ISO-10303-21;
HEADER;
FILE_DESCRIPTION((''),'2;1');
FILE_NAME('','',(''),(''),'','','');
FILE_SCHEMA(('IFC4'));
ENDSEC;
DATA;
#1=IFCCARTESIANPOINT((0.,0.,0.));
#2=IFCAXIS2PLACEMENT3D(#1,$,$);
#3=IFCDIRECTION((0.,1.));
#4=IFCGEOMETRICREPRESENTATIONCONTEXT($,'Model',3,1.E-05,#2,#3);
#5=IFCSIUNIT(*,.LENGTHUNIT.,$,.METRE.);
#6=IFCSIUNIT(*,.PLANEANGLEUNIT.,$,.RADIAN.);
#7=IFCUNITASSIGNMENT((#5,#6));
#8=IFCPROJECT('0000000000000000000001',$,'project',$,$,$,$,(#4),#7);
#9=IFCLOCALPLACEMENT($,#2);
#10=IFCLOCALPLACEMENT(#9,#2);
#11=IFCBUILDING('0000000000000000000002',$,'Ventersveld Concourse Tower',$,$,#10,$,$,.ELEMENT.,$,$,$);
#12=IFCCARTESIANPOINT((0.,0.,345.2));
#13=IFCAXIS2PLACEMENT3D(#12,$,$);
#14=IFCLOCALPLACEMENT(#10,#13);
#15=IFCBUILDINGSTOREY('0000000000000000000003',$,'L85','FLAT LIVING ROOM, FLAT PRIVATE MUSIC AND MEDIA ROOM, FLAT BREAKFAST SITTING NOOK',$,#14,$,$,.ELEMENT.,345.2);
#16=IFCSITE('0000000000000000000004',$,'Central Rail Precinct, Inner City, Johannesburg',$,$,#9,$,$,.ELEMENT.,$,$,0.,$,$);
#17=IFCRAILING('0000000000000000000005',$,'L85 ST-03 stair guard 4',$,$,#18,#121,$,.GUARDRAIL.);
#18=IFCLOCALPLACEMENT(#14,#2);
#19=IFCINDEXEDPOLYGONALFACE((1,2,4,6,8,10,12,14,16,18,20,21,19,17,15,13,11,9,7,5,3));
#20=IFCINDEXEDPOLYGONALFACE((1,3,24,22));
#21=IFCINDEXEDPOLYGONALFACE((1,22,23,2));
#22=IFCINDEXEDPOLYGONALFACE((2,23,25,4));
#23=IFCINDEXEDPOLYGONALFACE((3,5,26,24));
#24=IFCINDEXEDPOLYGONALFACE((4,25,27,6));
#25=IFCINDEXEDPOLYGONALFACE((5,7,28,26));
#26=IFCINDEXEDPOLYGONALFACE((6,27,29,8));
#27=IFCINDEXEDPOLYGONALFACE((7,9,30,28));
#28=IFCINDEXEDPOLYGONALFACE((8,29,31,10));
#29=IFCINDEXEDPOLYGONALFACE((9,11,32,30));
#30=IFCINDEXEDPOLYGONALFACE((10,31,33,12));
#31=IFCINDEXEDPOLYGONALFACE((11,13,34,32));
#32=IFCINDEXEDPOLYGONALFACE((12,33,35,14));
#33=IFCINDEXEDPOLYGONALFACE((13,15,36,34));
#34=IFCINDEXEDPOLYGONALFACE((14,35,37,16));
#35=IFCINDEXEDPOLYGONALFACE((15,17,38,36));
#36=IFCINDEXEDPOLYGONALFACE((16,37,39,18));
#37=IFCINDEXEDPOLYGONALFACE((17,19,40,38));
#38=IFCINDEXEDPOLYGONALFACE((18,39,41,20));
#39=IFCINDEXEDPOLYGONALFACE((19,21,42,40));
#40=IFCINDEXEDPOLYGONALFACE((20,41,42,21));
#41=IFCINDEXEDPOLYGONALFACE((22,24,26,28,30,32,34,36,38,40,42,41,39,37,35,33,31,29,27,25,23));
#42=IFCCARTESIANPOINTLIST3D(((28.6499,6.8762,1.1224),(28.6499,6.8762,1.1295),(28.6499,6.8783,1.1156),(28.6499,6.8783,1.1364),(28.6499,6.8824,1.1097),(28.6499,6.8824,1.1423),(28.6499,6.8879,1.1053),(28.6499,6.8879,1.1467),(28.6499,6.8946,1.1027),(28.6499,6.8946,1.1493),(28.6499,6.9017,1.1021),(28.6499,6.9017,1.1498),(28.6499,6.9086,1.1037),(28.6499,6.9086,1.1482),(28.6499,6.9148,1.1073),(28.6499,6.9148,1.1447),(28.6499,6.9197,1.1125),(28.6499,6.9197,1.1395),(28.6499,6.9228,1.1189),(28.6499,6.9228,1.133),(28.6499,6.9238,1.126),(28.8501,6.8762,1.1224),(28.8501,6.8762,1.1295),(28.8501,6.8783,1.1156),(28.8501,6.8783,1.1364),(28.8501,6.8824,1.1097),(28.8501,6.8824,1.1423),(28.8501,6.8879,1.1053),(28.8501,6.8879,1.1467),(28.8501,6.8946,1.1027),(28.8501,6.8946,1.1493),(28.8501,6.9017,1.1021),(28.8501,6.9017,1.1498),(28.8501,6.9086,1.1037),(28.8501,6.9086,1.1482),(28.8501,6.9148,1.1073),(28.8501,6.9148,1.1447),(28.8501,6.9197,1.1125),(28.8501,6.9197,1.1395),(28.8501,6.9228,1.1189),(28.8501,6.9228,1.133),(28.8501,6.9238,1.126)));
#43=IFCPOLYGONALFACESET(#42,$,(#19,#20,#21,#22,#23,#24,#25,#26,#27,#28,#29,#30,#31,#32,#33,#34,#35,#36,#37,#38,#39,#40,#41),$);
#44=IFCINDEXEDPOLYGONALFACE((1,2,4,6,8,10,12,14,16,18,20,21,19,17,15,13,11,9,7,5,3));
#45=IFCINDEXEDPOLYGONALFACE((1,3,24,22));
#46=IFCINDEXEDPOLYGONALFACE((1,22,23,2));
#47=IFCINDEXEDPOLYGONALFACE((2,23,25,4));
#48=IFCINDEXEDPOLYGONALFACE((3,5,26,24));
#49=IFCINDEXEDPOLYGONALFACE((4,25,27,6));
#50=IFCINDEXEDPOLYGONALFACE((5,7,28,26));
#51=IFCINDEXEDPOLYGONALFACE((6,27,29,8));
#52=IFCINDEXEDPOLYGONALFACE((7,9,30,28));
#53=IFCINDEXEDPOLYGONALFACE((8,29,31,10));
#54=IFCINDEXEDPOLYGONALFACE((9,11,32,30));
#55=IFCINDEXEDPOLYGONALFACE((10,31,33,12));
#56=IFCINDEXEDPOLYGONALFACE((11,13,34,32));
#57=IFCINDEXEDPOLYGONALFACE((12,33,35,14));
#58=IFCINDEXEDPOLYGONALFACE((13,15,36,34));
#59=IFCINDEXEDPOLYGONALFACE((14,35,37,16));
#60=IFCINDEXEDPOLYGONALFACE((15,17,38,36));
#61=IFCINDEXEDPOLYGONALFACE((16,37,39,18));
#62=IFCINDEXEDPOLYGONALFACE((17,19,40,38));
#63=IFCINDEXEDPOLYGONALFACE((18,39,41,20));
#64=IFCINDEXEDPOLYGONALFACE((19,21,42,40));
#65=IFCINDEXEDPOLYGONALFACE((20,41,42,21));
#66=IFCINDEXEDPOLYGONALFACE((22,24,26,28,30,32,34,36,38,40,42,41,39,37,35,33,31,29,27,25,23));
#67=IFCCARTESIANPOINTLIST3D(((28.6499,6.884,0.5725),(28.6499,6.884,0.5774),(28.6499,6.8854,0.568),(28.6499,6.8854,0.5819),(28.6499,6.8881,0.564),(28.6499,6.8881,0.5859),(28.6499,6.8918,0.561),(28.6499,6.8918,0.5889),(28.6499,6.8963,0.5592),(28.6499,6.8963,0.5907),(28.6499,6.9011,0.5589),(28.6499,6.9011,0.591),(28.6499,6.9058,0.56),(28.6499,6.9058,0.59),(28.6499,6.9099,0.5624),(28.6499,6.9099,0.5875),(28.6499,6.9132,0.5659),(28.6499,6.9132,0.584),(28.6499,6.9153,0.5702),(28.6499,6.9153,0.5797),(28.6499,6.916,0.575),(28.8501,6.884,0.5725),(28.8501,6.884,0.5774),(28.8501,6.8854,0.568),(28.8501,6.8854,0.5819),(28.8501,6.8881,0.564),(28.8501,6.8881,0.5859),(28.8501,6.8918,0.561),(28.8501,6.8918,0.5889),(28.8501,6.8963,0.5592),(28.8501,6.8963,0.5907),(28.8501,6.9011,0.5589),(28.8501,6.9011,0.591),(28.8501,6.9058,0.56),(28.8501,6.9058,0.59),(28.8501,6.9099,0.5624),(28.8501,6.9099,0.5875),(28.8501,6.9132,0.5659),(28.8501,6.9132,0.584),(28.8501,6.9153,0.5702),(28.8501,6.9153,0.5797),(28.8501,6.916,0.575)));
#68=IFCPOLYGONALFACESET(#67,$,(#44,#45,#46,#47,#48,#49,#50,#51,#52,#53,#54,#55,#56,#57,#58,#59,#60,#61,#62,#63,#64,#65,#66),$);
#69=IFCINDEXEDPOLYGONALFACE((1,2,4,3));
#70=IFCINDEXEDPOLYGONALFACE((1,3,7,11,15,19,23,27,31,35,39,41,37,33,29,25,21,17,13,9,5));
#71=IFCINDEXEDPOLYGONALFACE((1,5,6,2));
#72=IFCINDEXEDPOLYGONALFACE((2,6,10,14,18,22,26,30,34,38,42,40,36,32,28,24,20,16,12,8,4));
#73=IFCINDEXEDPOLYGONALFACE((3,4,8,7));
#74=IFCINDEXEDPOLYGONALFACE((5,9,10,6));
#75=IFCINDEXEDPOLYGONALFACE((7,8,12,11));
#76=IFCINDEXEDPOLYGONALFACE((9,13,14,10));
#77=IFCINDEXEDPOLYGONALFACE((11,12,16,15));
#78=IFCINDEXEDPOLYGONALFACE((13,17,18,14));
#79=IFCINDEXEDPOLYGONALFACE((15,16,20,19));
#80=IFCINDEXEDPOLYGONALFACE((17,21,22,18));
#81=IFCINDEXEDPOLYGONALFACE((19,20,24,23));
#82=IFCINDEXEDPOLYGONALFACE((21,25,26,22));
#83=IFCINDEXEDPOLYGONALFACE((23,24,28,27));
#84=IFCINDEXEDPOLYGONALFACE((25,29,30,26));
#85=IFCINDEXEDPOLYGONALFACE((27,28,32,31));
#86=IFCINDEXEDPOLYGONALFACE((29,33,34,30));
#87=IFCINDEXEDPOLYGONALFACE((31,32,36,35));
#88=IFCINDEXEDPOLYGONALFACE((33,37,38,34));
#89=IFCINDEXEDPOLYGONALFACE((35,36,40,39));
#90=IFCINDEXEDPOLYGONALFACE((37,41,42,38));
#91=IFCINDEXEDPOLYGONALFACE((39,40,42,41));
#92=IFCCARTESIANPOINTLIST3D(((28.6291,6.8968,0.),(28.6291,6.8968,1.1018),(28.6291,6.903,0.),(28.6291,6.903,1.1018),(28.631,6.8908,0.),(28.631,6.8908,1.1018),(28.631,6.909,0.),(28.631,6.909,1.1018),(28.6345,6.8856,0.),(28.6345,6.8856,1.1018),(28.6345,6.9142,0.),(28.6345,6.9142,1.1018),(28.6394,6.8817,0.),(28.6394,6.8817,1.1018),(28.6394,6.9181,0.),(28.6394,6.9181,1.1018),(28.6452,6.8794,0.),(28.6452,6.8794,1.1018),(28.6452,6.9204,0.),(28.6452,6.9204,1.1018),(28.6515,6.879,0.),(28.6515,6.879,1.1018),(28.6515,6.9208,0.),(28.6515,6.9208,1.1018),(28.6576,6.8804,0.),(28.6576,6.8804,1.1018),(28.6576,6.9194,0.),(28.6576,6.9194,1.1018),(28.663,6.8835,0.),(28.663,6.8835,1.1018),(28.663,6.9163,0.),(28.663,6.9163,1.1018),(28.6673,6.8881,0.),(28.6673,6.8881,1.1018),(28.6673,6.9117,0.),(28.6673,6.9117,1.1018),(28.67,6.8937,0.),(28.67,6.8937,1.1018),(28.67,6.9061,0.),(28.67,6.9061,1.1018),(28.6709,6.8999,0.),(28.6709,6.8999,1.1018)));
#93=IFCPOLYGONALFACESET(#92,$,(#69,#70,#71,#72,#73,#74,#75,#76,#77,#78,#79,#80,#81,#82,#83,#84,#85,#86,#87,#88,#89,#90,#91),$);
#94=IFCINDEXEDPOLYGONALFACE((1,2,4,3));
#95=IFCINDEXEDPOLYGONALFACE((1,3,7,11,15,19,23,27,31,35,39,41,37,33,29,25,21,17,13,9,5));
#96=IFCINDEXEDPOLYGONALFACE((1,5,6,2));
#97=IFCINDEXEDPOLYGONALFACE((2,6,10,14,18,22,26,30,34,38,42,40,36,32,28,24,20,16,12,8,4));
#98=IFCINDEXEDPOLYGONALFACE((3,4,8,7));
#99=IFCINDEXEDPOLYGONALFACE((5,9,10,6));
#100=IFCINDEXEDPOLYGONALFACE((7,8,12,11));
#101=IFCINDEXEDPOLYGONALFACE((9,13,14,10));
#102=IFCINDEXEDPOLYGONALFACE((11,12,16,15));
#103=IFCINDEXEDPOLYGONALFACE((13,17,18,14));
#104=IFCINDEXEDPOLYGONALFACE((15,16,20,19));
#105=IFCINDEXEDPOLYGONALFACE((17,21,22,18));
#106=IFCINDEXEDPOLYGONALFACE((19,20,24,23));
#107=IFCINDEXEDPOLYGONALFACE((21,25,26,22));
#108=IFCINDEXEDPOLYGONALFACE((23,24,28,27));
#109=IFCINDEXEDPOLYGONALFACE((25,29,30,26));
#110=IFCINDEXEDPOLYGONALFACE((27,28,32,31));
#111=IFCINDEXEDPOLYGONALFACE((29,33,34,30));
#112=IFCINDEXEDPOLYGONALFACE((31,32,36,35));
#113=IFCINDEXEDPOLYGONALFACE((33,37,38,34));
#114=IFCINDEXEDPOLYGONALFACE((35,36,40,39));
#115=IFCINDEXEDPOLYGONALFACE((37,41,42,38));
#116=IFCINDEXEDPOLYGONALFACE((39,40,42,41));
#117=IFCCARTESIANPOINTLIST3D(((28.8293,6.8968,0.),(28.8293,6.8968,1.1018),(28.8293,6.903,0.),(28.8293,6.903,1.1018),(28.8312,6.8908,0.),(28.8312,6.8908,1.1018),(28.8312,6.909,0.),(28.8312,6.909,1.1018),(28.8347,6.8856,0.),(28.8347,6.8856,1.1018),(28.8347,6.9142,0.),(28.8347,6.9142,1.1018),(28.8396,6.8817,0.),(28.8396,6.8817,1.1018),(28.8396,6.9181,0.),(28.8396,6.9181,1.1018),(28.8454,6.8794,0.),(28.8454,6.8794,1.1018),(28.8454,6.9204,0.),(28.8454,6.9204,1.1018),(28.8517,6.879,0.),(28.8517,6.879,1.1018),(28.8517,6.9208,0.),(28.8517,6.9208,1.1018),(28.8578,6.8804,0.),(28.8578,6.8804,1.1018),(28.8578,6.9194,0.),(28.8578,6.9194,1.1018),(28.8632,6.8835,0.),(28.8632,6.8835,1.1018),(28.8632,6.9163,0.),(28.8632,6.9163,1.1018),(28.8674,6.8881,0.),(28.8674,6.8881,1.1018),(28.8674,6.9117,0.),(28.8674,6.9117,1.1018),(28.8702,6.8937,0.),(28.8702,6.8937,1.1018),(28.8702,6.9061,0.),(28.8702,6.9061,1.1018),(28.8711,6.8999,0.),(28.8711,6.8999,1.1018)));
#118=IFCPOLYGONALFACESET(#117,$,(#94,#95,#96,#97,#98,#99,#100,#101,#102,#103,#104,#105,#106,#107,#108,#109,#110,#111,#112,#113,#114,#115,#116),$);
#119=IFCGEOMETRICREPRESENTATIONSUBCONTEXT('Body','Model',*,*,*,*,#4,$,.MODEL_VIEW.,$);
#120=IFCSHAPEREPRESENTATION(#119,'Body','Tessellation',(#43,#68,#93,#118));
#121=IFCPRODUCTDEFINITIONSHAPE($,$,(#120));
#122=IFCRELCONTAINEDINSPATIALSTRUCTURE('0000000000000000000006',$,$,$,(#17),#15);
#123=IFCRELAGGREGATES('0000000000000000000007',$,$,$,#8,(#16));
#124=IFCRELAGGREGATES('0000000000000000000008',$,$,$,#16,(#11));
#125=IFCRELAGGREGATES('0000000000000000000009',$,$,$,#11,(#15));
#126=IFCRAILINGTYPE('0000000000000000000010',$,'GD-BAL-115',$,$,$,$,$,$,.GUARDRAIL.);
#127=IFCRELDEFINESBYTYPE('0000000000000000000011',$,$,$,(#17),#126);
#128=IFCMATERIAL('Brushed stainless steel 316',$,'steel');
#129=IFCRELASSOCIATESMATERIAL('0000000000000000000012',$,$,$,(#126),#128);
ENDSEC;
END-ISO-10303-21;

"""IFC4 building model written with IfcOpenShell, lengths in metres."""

from ifc_helpers import new_model, si_unit, direction, frame, origin, origin_2d, place, context, subcontext, project, spatial, circle, extrude, material, type_object, element, save


model = new_model("IFC4")

# Units and contexts
model_context = context("Model", 3, precision=1e-05, world=origin(), true_north=direction((0.0, 1.0)))
body_context = subcontext(model_context, "Body", "Model", "MODEL_VIEW")
ifc_project = project(units=[si_unit("LENGTHUNIT", "METRE"), si_unit("PLANEANGLEUNIT", "RADIAN")], contexts=[model_context])

# Site, building, storey
site_placement = place(None, origin())
site = spatial("IfcSite", under=ifc_project, at=site_placement, Name="Central Rail Precinct, Inner City, Johannesburg", CompositionType="ELEMENT", RefElevation=0.0)
building_placement = place(site_placement, origin())
building = spatial("IfcBuilding", under=site, at=building_placement, Name="Ventersveld Concourse Tower", CompositionType="ELEMENT")
storey_placement = place(building_placement, frame((0.0, 0.0, 345.2)))
storey = spatial("IfcBuildingStorey", under=building, at=storey_placement, Name="L85", Description="FLAT LIVING ROOM, FLAT PRIVATE MUSIC AND MEDIA ROOM, FLAT BREAKFAST SITTING NOOK", CompositionType="ELEMENT", Elevation=345.2)

# Shared definitions
ifc_material_1 = material(Name="Brushed stainless steel 316", Category="steel")

# Railing
railing_type_1 = type_object("IfcRailingType", Name="GD-BAL-115", PredefinedType="GUARDRAIL", material=ifc_material_1)
railing_1_placement = place(storey_placement, frame((28.6499, 6.8999, 0.0)))
element("IfcRailing", 1, at=railing_1_placement, inside=storey, type_object=railing_type_1, Name="L85 ST-03 stair guard 4", PredefinedType="GUARDRAIL", context=body_context, shape_type="SweptSolid", body=[
    extrude(circle(Radius=0.0239, at=origin_2d()), frame((0.0, 0.0, 1.126), z_axis=(1.0, 0.0, 0.0), x_axis=(0.0, 1.0, 0.0)), (0.0, 0.0, 1.0), 0.2002),
    extrude(circle(Radius=0.0161, at=origin_2d()), frame((0.0, 0.0, 0.575), z_axis=(1.0, 0.0, 0.0), x_axis=(0.0, 1.0, 0.0)), (0.0, 0.0, 1.0), 0.2002),
    extrude(circle(Radius=0.021, at=origin_2d()), origin(), (0.0, 0.0, 1.0), 1.1018),
    extrude(circle(Radius=0.021, at=origin_2d()), frame((0.2002, 0.0, 0.0)), (0.0, 0.0, 1.0), 1.1018),
])

save(model, "model.ifc")
